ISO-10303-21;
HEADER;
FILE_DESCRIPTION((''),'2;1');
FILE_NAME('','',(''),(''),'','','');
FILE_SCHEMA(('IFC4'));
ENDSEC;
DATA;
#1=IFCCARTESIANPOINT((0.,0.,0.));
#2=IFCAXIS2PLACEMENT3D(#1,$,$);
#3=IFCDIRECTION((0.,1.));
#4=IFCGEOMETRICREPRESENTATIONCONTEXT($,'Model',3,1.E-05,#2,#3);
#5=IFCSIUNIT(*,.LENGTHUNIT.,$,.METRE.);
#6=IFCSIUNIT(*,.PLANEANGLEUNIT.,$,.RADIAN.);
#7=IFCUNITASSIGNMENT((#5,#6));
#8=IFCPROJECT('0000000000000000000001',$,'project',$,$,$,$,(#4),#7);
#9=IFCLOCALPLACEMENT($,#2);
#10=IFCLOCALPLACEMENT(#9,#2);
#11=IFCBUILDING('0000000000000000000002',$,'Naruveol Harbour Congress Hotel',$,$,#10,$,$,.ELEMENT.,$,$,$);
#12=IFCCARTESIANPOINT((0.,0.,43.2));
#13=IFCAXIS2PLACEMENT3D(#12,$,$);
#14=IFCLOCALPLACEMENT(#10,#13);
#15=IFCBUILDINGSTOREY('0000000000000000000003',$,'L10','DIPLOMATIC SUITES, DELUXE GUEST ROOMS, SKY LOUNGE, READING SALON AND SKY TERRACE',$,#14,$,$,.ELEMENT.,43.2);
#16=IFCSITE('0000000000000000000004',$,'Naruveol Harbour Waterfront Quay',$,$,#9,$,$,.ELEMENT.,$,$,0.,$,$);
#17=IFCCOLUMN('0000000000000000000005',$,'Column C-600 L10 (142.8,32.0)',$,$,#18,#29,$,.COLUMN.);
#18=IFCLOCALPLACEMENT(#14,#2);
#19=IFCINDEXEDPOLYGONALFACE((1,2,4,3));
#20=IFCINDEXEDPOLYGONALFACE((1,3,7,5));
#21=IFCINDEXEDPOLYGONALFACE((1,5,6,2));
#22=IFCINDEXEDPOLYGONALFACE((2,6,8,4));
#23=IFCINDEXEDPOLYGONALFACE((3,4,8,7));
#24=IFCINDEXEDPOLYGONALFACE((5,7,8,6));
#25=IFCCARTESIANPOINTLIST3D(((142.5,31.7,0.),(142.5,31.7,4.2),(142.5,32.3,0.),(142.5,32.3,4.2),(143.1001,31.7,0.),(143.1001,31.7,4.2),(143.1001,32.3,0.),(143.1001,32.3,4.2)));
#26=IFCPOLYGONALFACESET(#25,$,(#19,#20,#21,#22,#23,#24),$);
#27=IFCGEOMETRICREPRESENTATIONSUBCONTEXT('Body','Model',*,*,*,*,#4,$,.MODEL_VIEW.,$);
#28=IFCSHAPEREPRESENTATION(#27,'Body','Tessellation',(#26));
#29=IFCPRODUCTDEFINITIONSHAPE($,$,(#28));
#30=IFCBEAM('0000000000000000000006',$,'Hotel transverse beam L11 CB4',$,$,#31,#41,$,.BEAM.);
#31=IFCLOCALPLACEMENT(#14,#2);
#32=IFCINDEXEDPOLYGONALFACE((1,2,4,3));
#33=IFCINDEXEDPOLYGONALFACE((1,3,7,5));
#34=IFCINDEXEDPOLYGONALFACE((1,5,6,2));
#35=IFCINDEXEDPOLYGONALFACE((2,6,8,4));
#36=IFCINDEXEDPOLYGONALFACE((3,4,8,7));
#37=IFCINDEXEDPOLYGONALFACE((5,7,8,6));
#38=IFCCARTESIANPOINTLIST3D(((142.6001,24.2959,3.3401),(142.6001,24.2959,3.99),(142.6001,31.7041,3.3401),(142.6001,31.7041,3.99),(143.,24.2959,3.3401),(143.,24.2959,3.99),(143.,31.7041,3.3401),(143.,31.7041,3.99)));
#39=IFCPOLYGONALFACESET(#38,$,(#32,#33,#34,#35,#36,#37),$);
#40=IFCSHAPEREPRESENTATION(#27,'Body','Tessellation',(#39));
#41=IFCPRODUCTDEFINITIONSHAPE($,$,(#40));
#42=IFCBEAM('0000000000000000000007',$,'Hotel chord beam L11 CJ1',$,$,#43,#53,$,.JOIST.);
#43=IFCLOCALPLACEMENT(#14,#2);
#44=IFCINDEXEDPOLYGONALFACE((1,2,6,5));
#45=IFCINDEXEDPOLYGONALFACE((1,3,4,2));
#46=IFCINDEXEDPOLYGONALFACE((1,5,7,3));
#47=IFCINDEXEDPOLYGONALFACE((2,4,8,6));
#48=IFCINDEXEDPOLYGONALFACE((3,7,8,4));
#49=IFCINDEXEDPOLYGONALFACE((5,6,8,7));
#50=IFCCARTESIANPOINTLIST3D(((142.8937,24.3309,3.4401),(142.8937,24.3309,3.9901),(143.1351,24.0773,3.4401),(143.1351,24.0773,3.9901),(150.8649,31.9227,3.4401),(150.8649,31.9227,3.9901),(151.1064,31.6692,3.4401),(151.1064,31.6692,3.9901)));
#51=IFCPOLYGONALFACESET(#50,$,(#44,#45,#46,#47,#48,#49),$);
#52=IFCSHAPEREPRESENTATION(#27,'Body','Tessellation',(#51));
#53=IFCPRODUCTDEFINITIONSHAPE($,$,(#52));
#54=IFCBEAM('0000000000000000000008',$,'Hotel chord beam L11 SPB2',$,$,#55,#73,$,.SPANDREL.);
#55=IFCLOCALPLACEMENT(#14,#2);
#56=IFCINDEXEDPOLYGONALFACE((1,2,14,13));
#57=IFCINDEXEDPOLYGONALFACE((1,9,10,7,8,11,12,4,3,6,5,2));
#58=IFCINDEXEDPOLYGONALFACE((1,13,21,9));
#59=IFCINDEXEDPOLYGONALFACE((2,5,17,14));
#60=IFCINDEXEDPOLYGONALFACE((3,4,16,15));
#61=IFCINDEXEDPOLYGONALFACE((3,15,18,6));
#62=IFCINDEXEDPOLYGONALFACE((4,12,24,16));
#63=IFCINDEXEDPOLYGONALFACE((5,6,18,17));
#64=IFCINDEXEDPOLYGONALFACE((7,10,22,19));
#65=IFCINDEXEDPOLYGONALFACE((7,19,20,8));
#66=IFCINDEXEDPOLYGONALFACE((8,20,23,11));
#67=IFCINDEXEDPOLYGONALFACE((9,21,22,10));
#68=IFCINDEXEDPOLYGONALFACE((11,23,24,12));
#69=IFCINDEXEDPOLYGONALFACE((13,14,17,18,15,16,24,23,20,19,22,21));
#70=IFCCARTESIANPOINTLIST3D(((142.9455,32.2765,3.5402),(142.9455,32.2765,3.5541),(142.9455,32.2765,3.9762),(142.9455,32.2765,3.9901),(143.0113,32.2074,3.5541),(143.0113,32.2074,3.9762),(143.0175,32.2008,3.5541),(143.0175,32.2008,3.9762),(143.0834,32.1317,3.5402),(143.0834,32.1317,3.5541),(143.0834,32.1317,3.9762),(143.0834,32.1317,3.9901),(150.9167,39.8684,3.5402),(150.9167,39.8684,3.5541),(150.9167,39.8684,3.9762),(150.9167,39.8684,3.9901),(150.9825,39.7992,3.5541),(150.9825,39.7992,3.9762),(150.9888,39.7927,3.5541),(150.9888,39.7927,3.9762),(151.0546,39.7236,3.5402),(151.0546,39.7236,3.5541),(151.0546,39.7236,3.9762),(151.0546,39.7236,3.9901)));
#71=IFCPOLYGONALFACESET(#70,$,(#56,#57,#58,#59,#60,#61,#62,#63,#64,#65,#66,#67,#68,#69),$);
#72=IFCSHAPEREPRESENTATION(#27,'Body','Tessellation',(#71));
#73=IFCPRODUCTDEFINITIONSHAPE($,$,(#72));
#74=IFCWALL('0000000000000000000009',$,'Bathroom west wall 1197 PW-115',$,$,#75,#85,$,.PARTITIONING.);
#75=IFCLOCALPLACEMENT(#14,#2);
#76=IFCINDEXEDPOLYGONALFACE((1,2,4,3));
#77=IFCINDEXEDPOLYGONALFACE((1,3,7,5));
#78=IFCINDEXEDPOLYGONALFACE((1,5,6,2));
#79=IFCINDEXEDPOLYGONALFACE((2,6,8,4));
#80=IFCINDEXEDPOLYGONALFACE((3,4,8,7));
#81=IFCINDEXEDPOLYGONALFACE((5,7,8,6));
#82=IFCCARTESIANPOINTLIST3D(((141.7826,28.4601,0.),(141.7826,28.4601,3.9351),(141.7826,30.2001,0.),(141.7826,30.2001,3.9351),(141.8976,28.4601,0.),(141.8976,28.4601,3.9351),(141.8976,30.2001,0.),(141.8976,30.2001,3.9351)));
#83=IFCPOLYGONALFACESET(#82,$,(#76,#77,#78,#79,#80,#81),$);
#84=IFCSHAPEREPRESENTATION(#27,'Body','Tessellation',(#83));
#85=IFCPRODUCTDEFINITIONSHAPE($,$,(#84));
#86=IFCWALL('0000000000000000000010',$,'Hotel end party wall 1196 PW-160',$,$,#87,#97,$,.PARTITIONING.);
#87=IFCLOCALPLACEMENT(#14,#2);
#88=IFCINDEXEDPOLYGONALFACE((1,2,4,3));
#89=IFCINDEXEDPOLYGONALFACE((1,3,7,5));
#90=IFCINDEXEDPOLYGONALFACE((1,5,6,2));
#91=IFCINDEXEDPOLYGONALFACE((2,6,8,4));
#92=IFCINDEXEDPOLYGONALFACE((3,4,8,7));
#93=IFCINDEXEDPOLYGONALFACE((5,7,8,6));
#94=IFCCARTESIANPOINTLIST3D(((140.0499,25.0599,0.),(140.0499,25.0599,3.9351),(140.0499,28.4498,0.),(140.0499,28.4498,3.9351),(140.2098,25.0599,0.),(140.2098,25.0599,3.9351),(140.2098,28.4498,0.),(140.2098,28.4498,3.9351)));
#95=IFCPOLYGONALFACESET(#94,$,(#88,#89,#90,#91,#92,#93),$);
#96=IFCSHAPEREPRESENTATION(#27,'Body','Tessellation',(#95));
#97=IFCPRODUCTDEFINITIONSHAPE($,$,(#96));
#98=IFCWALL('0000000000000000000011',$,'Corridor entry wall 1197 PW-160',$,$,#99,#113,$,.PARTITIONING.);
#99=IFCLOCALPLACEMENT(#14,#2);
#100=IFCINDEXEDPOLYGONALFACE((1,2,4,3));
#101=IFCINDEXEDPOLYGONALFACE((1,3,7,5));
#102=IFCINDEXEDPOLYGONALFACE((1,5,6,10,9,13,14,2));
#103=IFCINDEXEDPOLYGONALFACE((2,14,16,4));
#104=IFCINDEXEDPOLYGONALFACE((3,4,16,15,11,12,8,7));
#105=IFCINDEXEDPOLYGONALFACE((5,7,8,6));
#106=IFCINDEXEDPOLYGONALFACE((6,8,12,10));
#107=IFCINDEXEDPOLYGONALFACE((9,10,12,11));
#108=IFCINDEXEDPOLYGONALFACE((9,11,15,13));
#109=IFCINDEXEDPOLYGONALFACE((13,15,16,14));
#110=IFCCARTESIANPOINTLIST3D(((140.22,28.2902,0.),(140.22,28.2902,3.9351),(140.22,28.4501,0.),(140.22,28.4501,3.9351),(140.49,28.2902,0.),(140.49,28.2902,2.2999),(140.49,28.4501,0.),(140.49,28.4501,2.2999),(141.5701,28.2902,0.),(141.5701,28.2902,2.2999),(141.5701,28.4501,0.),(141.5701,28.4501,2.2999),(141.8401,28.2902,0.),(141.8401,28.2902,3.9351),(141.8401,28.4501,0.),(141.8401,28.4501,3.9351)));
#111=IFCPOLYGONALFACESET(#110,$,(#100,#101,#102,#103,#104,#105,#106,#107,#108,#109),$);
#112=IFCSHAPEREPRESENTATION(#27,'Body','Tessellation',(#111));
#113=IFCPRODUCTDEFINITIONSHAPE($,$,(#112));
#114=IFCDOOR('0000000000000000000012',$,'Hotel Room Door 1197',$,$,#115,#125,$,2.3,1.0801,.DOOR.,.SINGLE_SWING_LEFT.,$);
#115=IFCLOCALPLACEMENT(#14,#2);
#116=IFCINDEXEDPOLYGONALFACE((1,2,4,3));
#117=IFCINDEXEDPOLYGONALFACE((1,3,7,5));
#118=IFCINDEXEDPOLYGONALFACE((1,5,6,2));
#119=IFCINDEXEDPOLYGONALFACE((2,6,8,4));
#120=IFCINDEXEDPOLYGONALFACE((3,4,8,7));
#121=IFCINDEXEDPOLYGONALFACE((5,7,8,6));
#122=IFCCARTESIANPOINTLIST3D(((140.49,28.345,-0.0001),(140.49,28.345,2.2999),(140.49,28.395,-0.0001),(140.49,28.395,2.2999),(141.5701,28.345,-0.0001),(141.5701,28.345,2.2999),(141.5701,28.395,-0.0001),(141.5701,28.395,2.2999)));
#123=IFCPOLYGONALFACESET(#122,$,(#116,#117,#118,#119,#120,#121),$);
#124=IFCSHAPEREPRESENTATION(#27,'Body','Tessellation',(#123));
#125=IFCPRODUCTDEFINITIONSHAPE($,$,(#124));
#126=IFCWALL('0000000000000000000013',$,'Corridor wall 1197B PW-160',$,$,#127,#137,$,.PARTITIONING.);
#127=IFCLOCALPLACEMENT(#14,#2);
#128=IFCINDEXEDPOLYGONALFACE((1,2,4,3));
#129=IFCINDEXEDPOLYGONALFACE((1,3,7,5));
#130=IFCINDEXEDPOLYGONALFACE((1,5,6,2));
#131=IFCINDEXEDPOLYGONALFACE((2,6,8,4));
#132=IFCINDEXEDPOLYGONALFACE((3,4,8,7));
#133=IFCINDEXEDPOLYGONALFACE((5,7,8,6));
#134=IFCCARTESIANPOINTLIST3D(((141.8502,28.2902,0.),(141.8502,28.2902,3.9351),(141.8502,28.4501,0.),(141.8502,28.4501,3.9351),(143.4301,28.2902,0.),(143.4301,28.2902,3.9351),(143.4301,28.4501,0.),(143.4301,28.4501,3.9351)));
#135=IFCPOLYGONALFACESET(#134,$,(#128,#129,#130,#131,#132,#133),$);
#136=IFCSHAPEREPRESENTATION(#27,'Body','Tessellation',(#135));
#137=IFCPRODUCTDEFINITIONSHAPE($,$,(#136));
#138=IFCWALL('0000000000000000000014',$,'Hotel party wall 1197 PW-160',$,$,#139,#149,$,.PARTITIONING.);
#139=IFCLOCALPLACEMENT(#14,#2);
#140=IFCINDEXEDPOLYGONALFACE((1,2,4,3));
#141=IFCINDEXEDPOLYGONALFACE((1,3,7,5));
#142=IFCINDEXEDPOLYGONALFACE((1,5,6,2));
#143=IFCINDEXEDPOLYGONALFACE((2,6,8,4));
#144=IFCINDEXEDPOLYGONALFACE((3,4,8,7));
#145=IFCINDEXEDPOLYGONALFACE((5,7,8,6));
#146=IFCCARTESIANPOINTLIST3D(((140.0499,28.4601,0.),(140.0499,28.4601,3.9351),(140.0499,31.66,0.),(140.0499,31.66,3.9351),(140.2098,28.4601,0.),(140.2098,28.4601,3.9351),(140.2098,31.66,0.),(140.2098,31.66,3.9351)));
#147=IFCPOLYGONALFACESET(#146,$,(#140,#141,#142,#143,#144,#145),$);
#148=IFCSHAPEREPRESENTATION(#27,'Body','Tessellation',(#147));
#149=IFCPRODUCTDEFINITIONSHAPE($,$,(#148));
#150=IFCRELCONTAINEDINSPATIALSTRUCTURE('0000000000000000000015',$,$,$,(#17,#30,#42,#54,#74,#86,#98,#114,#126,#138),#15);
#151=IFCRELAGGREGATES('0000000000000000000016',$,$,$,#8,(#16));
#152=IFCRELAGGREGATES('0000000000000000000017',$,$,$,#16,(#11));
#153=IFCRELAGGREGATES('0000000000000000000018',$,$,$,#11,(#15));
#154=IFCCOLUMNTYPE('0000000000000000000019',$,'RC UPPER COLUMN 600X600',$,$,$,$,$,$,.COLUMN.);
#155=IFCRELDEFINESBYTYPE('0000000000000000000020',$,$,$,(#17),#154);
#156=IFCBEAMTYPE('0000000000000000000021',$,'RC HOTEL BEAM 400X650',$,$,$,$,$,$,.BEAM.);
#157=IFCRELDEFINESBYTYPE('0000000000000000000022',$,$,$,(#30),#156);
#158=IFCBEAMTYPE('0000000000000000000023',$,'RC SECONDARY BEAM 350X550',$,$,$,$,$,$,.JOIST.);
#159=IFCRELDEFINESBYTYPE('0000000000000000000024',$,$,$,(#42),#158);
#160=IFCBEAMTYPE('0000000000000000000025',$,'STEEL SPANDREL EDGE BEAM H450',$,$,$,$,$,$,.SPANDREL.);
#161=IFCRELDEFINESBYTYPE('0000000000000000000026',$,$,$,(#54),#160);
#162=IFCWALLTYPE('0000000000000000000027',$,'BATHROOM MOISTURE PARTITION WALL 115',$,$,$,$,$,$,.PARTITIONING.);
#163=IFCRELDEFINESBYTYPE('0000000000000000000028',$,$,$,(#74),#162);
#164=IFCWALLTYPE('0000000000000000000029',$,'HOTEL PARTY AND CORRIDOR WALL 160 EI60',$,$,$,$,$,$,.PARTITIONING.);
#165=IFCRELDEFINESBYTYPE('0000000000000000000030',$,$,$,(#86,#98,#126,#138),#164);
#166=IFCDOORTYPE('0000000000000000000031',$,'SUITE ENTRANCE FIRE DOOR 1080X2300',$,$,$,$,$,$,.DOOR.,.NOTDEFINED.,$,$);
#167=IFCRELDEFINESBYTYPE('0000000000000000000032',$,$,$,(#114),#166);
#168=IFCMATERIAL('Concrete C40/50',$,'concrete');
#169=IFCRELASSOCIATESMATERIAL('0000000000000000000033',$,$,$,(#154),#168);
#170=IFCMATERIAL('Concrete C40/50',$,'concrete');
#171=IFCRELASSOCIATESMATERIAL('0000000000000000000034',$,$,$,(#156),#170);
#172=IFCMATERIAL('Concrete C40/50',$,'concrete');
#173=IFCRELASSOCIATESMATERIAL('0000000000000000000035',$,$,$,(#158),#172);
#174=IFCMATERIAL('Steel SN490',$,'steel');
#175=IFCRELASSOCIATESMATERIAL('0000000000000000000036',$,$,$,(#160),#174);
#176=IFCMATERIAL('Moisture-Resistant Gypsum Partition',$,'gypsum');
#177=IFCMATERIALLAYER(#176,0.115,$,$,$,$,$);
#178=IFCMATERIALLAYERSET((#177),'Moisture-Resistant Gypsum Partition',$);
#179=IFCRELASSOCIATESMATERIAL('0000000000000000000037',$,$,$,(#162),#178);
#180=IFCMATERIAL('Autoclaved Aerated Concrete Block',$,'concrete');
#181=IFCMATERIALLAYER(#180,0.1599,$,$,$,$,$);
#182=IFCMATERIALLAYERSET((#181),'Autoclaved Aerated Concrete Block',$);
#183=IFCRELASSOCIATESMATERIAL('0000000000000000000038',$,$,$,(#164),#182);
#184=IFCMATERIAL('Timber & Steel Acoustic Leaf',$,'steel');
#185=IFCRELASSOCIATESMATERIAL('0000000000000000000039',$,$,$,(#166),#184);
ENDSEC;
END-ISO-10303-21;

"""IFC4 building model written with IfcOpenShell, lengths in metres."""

from ifc_helpers import new_model, si_unit, direction, frame, frame_2d, origin, origin_2d, place, context, subcontext, project, spatial, rectangle, i_section, extrude, material, layer, layer_set, material_profile, profile_set, type_object, element, fill, save


model = new_model("IFC4")

# Units and contexts
model_context = context("Model", 3, precision=1e-05, world=origin(), true_north=direction((0.0, 1.0)))
body_context = subcontext(model_context, "Body", "Model", "MODEL_VIEW")
ifc_project = project(units=[si_unit("LENGTHUNIT", "METRE"), si_unit("PLANEANGLEUNIT", "RADIAN")], contexts=[model_context])

# Site, building, storey
site_placement = place(None, origin())
site = spatial("IfcSite", under=ifc_project, at=site_placement, Name="Naruveol Harbour Waterfront Quay", CompositionType="ELEMENT", RefElevation=0.0)
building_placement = place(site_placement, origin())
building = spatial("IfcBuilding", under=site, at=building_placement, Name="Naruveol Harbour Congress Hotel", CompositionType="ELEMENT")
storey_placement = place(building_placement, frame((0.0, 0.0, 43.2)))
storey = spatial("IfcBuildingStorey", under=building, at=storey_placement, Name="L10", Description="DIPLOMATIC SUITES, DELUXE GUEST ROOMS, SKY LOUNGE, READING SALON AND SKY TERRACE", CompositionType="ELEMENT", Elevation=43.2)

# Column
ifc_material_1 = material(Name="Concrete C40/50", Category="concrete")
ifc_material_profile_1 = material_profile(ifc_material_1, rectangle(XDim=0.6001, YDim=0.6001, at=origin_2d()), Name="RC-600x600")
ifc_profile_set_1 = profile_set([ifc_material_profile_1], Name="Concrete C40/50")
column_type = type_object("IfcColumnType", Name="RC UPPER COLUMN 600X600", PredefinedType="COLUMN", material=ifc_profile_set_1)
column_placement = place(storey_placement, frame((142.8, 32.0, 0.0), z_axis=(0.0, 0.0, 1.0), x_axis=(1.0, 0.0, 0.0)))
element("IfcColumn", 1, at=column_placement, inside=storey, type_object=column_type, Name="Column C-600 L10 (142.8,32.0)", PredefinedType="COLUMN", context=body_context, shape_type="SweptSolid", body=[
    extrude(rectangle(XDim=0.6001, YDim=0.6001, at=origin_2d()), origin(), (0.0, 0.0, 1.0), 4.2),
])

# Beams
ifc_material_2 = material(Name="Concrete C40/50", Category="concrete")
ifc_material_profile_2 = material_profile(ifc_material_2, rectangle(XDim=0.3999, YDim=0.6499, at=origin_2d()), Name="RCB-400x650")
ifc_profile_set_2 = profile_set([ifc_material_profile_2], Name="Concrete C40/50")
beam_type_1 = type_object("IfcBeamType", Name="RC HOTEL BEAM 400X650", PredefinedType="BEAM", material=ifc_profile_set_2)
beam_1_placement = place(storey_placement, frame((142.8, 24.2959, 3.665), z_axis=(0.0, 1.0, 0.0), x_axis=(-1.0, 0.0, 0.0)))
element("IfcBeam", 2, at=beam_1_placement, inside=storey, type_object=beam_type_1, Name="Hotel transverse beam L11 CB4", PredefinedType="BEAM", context=body_context, shape_type="SweptSolid", body=[
    extrude(rectangle(XDim=0.3999, YDim=0.6499, at=origin_2d()), origin(), (0.0, 0.0, 1.0), 7.4082),
])
ifc_material_3 = material(Name="Concrete C40/50", Category="concrete")
ifc_material_profile_3 = material_profile(ifc_material_3, rectangle(XDim=0.3501, YDim=0.55, at=origin_2d()), Name="RCB-350x550")
ifc_profile_set_3 = profile_set([ifc_material_profile_3], Name="Concrete C40/50")
beam_type_2 = type_object("IfcBeamType", Name="RC SECONDARY BEAM 350X550", PredefinedType="JOIST", material=ifc_profile_set_3)
beam_2_placement = place(storey_placement, frame((143.0144, 24.2041, 3.7151), z_axis=(0.724129, 0.689664, 0.0), x_axis=(-0.689664, 0.724129, 0.0)))
element("IfcBeam", 3, at=beam_2_placement, inside=storey, type_object=beam_type_2, Name="Hotel chord beam L11 CJ1", PredefinedType="JOIST", context=body_context, shape_type="SweptSolid", body=[
    extrude(rectangle(XDim=0.3501, YDim=0.55, at=origin_2d()), origin(), (0.0, 0.0, 1.0), 11.0081),
])
ifc_material_4 = material(Name="Steel SN490", Category="steel")
ifc_material_profile_4 = material_profile(ifc_material_4, i_section(OverallWidth=0.2, OverallDepth=0.45, WebThickness=0.009, FlangeThickness=0.0139, at=origin_2d()), Name="H-450x200x9x14")
ifc_profile_set_4 = profile_set([ifc_material_profile_4], Name="Steel SN490")
beam_type_3 = type_object("IfcBeamType", Name="STEEL SPANDREL EDGE BEAM H450", PredefinedType="SPANDREL", material=ifc_profile_set_4)
beam_3_placement = place(storey_placement, frame((143.0144, 32.2041, 3.7651), z_axis=(0.724129, 0.689664, 0.0), x_axis=(-0.689664, 0.724129, 0.0)))
element("IfcBeam", 4, at=beam_3_placement, inside=storey, type_object=beam_type_3, Name="Hotel chord beam L11 SPB2", PredefinedType="SPANDREL", context=body_context, shape_type="SweptSolid", body=[
    extrude(i_section(OverallWidth=0.2, OverallDepth=0.45, WebThickness=0.009, FlangeThickness=0.0139, at=origin_2d()), origin(), (0.0, 0.0, 1.0), 11.0081),
])

# Wall
ifc_material_5 = material(Name="Moisture-Resistant Gypsum Partition", Category="gypsum")
ifc_layer_1 = layer(ifc_material_5, 0.115)
ifc_layer_set_1 = layer_set([ifc_layer_1], Name="Moisture-Resistant Gypsum Partition")
wall_type_1 = type_object("IfcWallType", Name="BATHROOM MOISTURE PARTITION WALL 115", PredefinedType="PARTITIONING", material=ifc_layer_set_1)
wall_1_placement = place(storey_placement, frame((141.8401, 28.46, 0.0), z_axis=(0.0, 0.0, 1.0), x_axis=(0.0, 1.0, 0.0)))
element("IfcWall", 5, at=wall_1_placement, inside=storey, type_object=wall_type_1, Name="Bathroom west wall 1197 PW-115", PredefinedType="PARTITIONING", context=body_context, shape_type="SweptSolid", body=[
    extrude(rectangle(XDim=1.74, YDim=0.115, at=frame_2d((0.8701, 0.0))), origin(), (0.0, 0.0, 1.0), 3.9351),
])

# Wall
ifc_material_6 = material(Name="Autoclaved Aerated Concrete Block", Category="concrete")
ifc_layer_2 = layer(ifc_material_6, 0.1599)
ifc_layer_set_2 = layer_set([ifc_layer_2], Name="Autoclaved Aerated Concrete Block")
wall_type_2 = type_object("IfcWallType", Name="HOTEL PARTY AND CORRIDOR WALL 160 EI60", PredefinedType="PARTITIONING", material=ifc_layer_set_2)
wall_2_placement = place(storey_placement, frame((140.1299, 25.0601, 0.0), z_axis=(0.0, 0.0, 1.0), x_axis=(0.0, 1.0, 0.0)))
element("IfcWall", 6, at=wall_2_placement, inside=storey, type_object=wall_type_2, Name="Hotel end party wall 1196 PW-160", PredefinedType="PARTITIONING", context=body_context, shape_type="SweptSolid", body=[
    extrude(rectangle(XDim=3.3899, YDim=0.1599, at=frame_2d((1.6948, 0.0))), origin(), (0.0, 0.0, 1.0), 3.9351),
])

# Wall, opening, door
wall_3_placement = place(storey_placement, frame((140.22, 28.3701, 0.0), z_axis=(0.0, 0.0, 1.0), x_axis=(1.0, 0.0, 0.0)))
wall_3 = element("IfcWall", 7, at=wall_3_placement, inside=storey, type_object=wall_type_2, Name="Corridor entry wall 1197 PW-160", PredefinedType="PARTITIONING", context=body_context, shape_type="SweptSolid", body=[
    extrude(rectangle(XDim=1.6201, YDim=0.1599, at=frame_2d((0.8101, 0.0))), origin(), (0.0, 0.0, 1.0), 3.9351),
])
opening_1_placement = place(wall_3_placement, frame((0.27, 0.0, 0.0)))
opening_1 = element("IfcOpeningElement", 8, at=opening_1_placement, cuts=wall_3, PredefinedType="OPENING", context=body_context, shape_type="SweptSolid", body=[
    extrude(rectangle(XDim=1.0801, YDim=2.3, at=frame_2d((0.54, 1.1499))), frame((0.0, 0.0898, 0.0), z_axis=(0.0, -1.0, 0.0), x_axis=(1.0, 0.0, 0.0)), (0.0, 0.0, 1.0), 0.1799),
])
ifc_material_7 = material(Name="Timber & Steel Acoustic Leaf", Category="steel")
door_type_1 = type_object("IfcDoorType", Name="SUITE ENTRANCE FIRE DOOR 1080X2300", OperationType="NOTDEFINED", PredefinedType="DOOR", material=ifc_material_7)
door_1_placement = place(opening_1_placement, origin())
door_1 = element("IfcDoor", 9, at=door_1_placement, inside=storey, type_object=door_type_1, Name="Hotel Room Door 1197", OperationType="SINGLE_SWING_LEFT", OverallHeight=2.3, OverallWidth=1.0801, PredefinedType="DOOR", context=body_context, shape_type="SweptSolid", body=[
    extrude(rectangle(XDim=1.0801, YDim=2.3, at=frame_2d((0.54, 1.1499))), frame((0.0, 0.0249, 0.0), z_axis=(0.0, -1.0, 0.0), x_axis=(1.0, 0.0, 0.0)), (0.0, 0.0, 1.0), 0.05),
])
fill(opening_1, door_1)

# Walls
wall_4_placement = place(storey_placement, frame((141.8501, 28.3701, 0.0), z_axis=(0.0, 0.0, 1.0), x_axis=(1.0, 0.0, 0.0)))
element("IfcWall", 10, at=wall_4_placement, inside=storey, type_object=wall_type_2, Name="Corridor wall 1197B PW-160", PredefinedType="PARTITIONING", context=body_context, shape_type="SweptSolid", body=[
    extrude(rectangle(XDim=1.5798, YDim=0.1599, at=frame_2d((0.79, 0.0))), origin(), (0.0, 0.0, 1.0), 3.9351),
])
wall_5_placement = place(storey_placement, frame((140.1299, 28.46, 0.0), z_axis=(0.0, 0.0, 1.0), x_axis=(0.0, 1.0, 0.0)))
element("IfcWall", 11, at=wall_5_placement, inside=storey, type_object=wall_type_2, Name="Hotel party wall 1197 PW-160", PredefinedType="PARTITIONING", context=body_context, shape_type="SweptSolid", body=[
    extrude(rectangle(XDim=3.2, YDim=0.1599, at=frame_2d((1.6001, 0.0))), origin(), (0.0, 0.0, 1.0), 3.9351),
])

save(model, "model.ifc")
